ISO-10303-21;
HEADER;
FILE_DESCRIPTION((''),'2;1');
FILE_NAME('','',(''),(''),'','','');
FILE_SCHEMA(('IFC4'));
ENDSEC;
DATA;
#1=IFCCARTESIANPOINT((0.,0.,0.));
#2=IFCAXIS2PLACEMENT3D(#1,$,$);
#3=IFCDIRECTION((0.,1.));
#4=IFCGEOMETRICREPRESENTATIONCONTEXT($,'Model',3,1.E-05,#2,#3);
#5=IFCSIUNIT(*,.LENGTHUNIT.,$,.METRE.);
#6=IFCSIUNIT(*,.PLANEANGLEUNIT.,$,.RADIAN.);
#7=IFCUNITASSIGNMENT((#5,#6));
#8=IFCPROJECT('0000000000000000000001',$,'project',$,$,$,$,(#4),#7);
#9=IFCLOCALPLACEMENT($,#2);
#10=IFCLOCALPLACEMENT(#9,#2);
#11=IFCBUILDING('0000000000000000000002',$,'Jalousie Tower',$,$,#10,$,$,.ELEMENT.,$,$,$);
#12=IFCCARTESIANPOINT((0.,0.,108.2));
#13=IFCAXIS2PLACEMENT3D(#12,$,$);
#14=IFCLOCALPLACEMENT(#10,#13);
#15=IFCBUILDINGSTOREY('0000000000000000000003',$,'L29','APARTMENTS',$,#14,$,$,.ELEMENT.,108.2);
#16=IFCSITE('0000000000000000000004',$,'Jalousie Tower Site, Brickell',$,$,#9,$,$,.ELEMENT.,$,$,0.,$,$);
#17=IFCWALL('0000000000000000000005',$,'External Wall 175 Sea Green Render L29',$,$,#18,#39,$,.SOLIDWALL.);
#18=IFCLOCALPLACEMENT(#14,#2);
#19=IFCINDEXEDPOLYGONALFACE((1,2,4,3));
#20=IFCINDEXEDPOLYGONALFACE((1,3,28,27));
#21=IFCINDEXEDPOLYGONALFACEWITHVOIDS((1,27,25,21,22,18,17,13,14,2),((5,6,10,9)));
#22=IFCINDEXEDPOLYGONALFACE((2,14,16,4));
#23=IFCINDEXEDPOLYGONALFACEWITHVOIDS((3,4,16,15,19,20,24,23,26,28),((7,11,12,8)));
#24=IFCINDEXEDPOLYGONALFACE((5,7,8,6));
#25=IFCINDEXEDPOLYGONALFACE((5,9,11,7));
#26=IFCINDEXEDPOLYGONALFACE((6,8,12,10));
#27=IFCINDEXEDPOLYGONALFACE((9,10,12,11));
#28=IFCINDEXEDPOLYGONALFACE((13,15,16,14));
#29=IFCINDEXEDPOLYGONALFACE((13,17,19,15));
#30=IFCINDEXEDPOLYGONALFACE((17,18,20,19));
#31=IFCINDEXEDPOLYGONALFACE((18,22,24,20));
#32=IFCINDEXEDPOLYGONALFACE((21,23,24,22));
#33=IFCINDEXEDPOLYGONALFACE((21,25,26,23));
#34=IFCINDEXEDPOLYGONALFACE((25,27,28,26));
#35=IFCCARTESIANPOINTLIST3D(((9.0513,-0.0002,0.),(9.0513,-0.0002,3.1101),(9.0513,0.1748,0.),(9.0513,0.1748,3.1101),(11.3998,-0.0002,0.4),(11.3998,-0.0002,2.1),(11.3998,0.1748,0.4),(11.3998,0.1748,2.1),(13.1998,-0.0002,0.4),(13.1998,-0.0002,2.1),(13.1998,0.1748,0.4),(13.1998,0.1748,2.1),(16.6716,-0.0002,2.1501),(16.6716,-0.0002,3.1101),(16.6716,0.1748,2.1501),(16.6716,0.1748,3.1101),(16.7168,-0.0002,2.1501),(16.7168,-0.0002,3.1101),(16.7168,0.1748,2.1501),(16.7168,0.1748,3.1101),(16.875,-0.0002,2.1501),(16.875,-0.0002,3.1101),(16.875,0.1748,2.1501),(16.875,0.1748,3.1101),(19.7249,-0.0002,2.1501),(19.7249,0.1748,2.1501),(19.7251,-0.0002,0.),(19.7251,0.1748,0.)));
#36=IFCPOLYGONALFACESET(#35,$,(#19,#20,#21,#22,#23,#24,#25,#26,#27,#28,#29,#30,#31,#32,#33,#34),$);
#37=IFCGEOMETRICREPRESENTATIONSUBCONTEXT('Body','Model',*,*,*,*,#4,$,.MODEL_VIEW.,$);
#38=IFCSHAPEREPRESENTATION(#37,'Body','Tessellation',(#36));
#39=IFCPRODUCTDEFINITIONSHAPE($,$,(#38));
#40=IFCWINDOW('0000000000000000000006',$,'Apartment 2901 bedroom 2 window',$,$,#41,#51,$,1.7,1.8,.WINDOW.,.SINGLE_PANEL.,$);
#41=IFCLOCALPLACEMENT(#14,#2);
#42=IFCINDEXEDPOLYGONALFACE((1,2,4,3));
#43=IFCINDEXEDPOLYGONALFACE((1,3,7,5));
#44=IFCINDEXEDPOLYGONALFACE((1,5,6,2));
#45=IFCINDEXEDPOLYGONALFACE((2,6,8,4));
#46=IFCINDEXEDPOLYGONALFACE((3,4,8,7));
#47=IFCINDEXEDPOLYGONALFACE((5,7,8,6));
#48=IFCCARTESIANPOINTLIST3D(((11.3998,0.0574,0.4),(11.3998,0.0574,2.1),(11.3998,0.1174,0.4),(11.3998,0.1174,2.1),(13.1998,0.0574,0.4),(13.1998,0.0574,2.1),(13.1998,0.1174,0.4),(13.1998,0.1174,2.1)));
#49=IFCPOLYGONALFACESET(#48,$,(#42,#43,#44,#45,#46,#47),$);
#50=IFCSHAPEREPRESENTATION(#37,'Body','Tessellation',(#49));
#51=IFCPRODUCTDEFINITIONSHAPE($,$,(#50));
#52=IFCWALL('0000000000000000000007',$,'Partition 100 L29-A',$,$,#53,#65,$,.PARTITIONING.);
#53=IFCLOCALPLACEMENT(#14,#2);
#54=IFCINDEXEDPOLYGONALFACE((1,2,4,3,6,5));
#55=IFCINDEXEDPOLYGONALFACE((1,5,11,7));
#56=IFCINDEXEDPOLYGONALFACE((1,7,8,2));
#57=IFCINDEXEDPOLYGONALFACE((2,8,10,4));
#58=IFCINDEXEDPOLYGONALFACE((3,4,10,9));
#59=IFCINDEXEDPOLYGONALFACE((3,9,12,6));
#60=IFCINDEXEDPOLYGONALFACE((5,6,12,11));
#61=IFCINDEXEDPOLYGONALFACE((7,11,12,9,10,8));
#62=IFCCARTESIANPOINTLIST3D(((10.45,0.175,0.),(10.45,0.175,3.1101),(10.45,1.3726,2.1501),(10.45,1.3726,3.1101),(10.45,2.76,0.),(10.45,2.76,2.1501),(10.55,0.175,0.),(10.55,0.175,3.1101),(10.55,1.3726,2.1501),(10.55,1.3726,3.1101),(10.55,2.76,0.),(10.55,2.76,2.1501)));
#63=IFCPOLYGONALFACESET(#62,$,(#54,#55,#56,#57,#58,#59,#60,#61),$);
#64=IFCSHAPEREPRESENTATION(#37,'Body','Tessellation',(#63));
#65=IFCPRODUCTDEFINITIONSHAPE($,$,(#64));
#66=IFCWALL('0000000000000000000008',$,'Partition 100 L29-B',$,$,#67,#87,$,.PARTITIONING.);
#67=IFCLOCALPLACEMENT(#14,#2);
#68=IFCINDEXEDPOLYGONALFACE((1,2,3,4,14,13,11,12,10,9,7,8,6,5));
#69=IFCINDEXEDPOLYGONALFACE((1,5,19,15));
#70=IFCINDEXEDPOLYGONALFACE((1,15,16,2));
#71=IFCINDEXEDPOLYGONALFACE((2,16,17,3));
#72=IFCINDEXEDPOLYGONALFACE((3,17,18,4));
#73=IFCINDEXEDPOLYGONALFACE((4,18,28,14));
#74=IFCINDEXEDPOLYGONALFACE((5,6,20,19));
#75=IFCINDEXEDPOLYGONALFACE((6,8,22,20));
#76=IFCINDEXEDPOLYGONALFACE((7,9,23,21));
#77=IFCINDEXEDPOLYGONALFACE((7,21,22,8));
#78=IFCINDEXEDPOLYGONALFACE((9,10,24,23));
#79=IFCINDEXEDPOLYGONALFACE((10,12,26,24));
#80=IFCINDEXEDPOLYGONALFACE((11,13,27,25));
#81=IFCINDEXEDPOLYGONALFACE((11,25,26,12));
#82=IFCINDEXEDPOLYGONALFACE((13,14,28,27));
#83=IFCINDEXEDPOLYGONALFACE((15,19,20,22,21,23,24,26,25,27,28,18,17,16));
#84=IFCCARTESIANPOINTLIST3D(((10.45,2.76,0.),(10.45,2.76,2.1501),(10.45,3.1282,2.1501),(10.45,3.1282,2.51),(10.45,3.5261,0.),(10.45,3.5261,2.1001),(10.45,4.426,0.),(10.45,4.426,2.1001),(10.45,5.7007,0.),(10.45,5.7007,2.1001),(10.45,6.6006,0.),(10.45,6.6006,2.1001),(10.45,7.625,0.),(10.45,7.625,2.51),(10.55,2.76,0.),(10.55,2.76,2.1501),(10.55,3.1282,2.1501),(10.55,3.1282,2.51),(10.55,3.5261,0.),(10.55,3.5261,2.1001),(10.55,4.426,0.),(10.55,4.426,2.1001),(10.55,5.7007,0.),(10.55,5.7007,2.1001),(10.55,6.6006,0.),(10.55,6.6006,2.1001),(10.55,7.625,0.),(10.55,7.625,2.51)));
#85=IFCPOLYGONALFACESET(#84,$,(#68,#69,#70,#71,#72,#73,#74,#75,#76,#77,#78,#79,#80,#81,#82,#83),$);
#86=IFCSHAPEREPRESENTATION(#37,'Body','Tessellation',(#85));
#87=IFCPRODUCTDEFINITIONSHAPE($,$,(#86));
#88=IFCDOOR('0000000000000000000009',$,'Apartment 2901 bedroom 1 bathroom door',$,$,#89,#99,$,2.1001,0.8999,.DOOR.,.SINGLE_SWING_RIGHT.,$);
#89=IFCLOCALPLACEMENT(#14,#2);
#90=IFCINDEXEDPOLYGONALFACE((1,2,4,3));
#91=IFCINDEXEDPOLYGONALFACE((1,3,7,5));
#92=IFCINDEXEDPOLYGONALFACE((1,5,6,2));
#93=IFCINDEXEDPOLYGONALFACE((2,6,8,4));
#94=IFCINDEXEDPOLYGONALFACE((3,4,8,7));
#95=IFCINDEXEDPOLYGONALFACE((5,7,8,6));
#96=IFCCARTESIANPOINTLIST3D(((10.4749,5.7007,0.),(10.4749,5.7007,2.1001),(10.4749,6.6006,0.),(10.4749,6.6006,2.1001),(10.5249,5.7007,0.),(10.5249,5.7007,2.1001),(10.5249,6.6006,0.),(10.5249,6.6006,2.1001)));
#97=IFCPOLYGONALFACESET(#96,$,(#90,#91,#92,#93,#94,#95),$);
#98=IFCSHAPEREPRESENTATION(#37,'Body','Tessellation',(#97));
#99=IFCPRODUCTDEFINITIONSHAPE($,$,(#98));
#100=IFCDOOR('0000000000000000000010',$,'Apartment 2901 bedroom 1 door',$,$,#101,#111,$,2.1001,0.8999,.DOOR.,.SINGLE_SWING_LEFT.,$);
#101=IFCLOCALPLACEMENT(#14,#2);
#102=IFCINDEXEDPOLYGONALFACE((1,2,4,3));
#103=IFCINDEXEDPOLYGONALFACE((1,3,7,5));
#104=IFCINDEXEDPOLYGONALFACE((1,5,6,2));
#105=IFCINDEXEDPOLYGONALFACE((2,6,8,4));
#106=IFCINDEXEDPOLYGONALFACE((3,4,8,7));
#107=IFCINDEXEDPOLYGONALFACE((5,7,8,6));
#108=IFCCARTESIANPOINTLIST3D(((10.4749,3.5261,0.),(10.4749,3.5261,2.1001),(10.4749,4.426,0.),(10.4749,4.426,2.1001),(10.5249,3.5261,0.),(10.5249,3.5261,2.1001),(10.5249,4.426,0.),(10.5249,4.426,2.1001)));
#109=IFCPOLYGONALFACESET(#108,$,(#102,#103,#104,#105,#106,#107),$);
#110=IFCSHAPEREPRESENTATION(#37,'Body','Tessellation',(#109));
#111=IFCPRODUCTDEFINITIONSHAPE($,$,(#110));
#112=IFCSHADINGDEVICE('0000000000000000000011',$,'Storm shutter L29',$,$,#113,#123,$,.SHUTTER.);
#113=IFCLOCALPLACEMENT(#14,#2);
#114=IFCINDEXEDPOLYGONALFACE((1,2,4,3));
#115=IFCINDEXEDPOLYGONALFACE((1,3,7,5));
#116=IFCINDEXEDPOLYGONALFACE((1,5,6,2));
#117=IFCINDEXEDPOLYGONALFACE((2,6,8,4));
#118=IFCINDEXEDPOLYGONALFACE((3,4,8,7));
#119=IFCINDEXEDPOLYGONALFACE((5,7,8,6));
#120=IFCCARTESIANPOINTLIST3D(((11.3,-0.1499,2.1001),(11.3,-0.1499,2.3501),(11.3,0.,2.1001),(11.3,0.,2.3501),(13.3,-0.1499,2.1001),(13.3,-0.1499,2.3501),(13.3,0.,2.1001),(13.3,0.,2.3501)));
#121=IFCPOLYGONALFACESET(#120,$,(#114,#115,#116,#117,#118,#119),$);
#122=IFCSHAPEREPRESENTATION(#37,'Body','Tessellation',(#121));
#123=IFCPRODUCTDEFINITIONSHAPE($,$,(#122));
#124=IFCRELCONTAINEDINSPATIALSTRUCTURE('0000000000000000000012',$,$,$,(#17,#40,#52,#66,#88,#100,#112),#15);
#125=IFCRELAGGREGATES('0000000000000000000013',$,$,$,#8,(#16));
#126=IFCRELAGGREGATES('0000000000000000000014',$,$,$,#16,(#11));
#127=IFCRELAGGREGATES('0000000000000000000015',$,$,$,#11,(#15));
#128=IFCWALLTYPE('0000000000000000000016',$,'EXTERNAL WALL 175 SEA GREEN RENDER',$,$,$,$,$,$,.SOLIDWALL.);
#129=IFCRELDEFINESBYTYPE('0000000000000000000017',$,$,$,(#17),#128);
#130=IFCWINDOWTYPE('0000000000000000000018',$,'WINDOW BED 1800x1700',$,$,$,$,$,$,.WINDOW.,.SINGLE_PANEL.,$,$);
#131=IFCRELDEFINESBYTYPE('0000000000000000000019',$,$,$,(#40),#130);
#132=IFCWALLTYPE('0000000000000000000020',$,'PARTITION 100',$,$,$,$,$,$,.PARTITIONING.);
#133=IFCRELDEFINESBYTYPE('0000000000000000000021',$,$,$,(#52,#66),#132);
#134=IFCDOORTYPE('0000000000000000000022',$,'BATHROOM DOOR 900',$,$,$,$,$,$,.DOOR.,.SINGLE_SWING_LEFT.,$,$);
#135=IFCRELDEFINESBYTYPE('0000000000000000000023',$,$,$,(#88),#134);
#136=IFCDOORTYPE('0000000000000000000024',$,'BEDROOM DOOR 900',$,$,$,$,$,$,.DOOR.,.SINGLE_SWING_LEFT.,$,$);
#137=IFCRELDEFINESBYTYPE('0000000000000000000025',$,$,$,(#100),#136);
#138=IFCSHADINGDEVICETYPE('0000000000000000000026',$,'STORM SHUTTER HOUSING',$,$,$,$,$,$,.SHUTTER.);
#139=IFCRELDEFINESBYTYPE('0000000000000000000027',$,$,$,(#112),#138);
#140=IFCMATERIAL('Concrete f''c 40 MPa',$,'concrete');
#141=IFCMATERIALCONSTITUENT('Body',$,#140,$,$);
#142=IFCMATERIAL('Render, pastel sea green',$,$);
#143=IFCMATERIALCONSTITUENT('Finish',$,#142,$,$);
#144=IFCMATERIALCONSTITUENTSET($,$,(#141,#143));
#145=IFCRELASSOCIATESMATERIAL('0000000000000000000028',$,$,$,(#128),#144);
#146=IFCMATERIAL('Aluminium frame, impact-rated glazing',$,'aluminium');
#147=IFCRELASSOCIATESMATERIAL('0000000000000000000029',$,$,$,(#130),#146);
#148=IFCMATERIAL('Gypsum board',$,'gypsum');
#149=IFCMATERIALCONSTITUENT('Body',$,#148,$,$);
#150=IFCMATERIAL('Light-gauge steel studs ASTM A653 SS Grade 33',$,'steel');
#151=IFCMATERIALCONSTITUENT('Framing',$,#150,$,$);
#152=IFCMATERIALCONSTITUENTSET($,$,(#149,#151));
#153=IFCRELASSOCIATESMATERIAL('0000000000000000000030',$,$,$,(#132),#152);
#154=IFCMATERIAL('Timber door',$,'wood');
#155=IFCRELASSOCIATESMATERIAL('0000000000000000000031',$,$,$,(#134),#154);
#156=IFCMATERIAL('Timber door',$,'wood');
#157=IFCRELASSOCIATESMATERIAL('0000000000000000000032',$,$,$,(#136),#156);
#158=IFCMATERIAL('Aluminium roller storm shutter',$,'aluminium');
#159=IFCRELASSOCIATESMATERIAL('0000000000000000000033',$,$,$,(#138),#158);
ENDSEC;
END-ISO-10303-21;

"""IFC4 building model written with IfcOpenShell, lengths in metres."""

from ifc_helpers import new_model, si_unit, direction, frame, frame_2d, origin, origin_2d, place, context, subcontext, project, spatial, polyline, rectangle, outline, extrude, material, constituent, constituent_set, type_object, element, fill, save


model = new_model("IFC4")

# Units and contexts
model_context = context("Model", 3, precision=1e-05, world=origin(), true_north=direction((0.0, 1.0)))
body_context = subcontext(model_context, "Body", "Model", "MODEL_VIEW")
ifc_project = project(units=[si_unit("LENGTHUNIT", "METRE"), si_unit("PLANEANGLEUNIT", "RADIAN")], contexts=[model_context])

# Site, building, storey
site_placement = place(None, origin())
site = spatial("IfcSite", under=ifc_project, at=site_placement, Name="Jalousie Tower Site, Brickell", CompositionType="ELEMENT", RefElevation=0.0)
building_placement = place(site_placement, origin())
building = spatial("IfcBuilding", under=site, at=building_placement, Name="Jalousie Tower", CompositionType="ELEMENT")
storey_placement = place(building_placement, frame((0.0, 0.0, 108.2)))
storey = spatial("IfcBuildingStorey", under=building, at=storey_placement, Name="L29", Description="APARTMENTS", CompositionType="ELEMENT", Elevation=108.2)

# Wall, opening, window
ifc_material_1 = material(Name="Concrete f'c 40 MPa", Category="concrete")
ifc_constituent_1 = constituent(ifc_material_1, Name="Body")
ifc_material_2 = material(Name="Render, pastel sea green")
ifc_constituent_2 = constituent(ifc_material_2, Name="Finish")
ifc_constituent_set_1 = constituent_set(constituents=[ifc_constituent_1, ifc_constituent_2])
wall_type_1 = type_object("IfcWallType", Name="EXTERNAL WALL 175 SEA GREEN RENDER", PredefinedType="SOLIDWALL", material=ifc_constituent_set_1)
wall_1_placement = place(storey_placement, frame((9.0513, 0.0874, 0.0), z_axis=(0.0, 0.0, 1.0), x_axis=(1.0, 0.0, 0.0)))
wall_1 = element("IfcWall", 1, at=wall_1_placement, inside=storey, type_object=wall_type_1, Name="External Wall 175 Sea Green Render L29", PredefinedType="SOLIDWALL", context=body_context, shape_type="SweptSolid", body=[
    extrude(outline(polyline([(0.0, 0.0), (10.6738, 0.0), (10.6736, 2.1501), (7.8237, 2.1501), (7.8237, 3.1101), (7.6655, 3.1101), (7.6655, 2.1501), (7.6204, 2.1501), (7.6204, 3.1101), (0.0, 3.1101), (0.0, 0.0)])), frame((0.0, 0.0874, 0.0), z_axis=(0.0, -1.0, 0.0), x_axis=(1.0, 0.0, 0.0)), (0.0, 0.0, 1.0), 0.175),
])
opening_1_placement = place(wall_1_placement, frame((2.3486, 0.0, 0.3999)))
opening_1 = element("IfcOpeningElement", 2, at=opening_1_placement, cuts=wall_1, PredefinedType="OPENING", context=body_context, shape_type="SweptSolid", body=[
    extrude(rectangle(XDim=1.8, YDim=1.7, at=frame_2d((0.8999, 0.8501))), frame((0.0, 0.0974, 0.0), z_axis=(0.0, -1.0, 0.0), x_axis=(1.0, 0.0, 0.0)), (0.0, 0.0, 1.0), 0.1951),
])
ifc_material_3 = material(Name="Aluminium frame, impact-rated glazing", Category="aluminium")
window_type = type_object("IfcWindowType", Name="WINDOW BED 1800x1700", PartitioningType="SINGLE_PANEL", PredefinedType="WINDOW", material=ifc_material_3)
window_placement = place(opening_1_placement, origin())
window = element("IfcWindow", 3, at=window_placement, inside=storey, type_object=window_type, Name="Apartment 2901 bedroom 2 window", OverallHeight=1.7, OverallWidth=1.8, PartitioningType="SINGLE_PANEL", PredefinedType="WINDOW", context=body_context, shape_type="SweptSolid", body=[
    extrude(rectangle(XDim=1.8, YDim=1.7, at=frame_2d((0.8999, 0.8501))), frame((0.0, 0.03, 0.0), z_axis=(0.0, -1.0, 0.0), x_axis=(1.0, 0.0, 0.0)), (0.0, 0.0, 1.0), 0.0601),
])
fill(opening_1, window)

# Wall
ifc_material_4 = material(Name="Gypsum board", Category="gypsum")
ifc_constituent_3 = constituent(ifc_material_4, Name="Body")
ifc_material_5 = material(Name="Light-gauge steel studs ASTM A653 SS Grade 33", Category="steel")
ifc_constituent_4 = constituent(ifc_material_5, Name="Framing")
ifc_constituent_set_2 = constituent_set(constituents=[ifc_constituent_3, ifc_constituent_4])
wall_type_2 = type_object("IfcWallType", Name="PARTITION 100", PredefinedType="PARTITIONING", material=ifc_constituent_set_2)
wall_2_placement = place(storey_placement, frame((10.5, 0.175, 0.0), z_axis=(0.0, 0.0, 1.0), x_axis=(0.0, 1.0, 0.0)))
element("IfcWall", 4, at=wall_2_placement, inside=storey, type_object=wall_type_2, Name="Partition 100 L29-A", PredefinedType="PARTITIONING", context=body_context, shape_type="SweptSolid", body=[
    extrude(outline(polyline([(0.0, 0.0), (2.585, 0.0), (2.585, 2.1501), (1.1975, 2.1501), (1.1975, 3.1101), (0.0, 3.1101), (0.0, 0.0)])), frame((0.0, 0.05, 0.0), z_axis=(0.0, -1.0, 0.0), x_axis=(1.0, 0.0, 0.0)), (0.0, 0.0, 1.0), 0.1001),
])

# Wall, openings, doors
wall_3_placement = place(storey_placement, frame((10.5, 2.76, 0.0), z_axis=(0.0, 0.0, 1.0), x_axis=(0.0, 1.0, 0.0)))
wall_3 = element("IfcWall", 5, at=wall_3_placement, inside=storey, type_object=wall_type_2, Name="Partition 100 L29-B", PredefinedType="PARTITIONING", context=body_context, shape_type="SweptSolid", body=[
    extrude(outline(polyline([(0.0, 0.0), (4.865, 0.0), (4.865, 2.51), (0.3682, 2.51), (0.3682, 2.1501), (0.0, 2.1501), (0.0, 0.0)])), frame((0.0, 0.05, 0.0), z_axis=(0.0, -1.0, 0.0), x_axis=(1.0, 0.0, 0.0)), (0.0, 0.0, 1.0), 0.1001),
])
opening_2_placement = place(wall_3_placement, frame((0.7661, 0.0, 0.0)))
opening_2 = element("IfcOpeningElement", 6, at=opening_2_placement, cuts=wall_3, PredefinedType="OPENING", context=body_context, shape_type="SweptSolid", body=[
    extrude(rectangle(XDim=0.8999, YDim=2.1001, at=frame_2d((0.45, 1.05))), frame((0.0, 0.0601, 0.0), z_axis=(0.0, -1.0, 0.0), x_axis=(1.0, 0.0, 0.0)), (0.0, 0.0, 1.0), 0.1201),
])
opening_3_placement = place(wall_3_placement, frame((2.9407, 0.0, 0.0)))
opening_3 = element("IfcOpeningElement", 7, at=opening_3_placement, cuts=wall_3, PredefinedType="OPENING", context=body_context, shape_type="SweptSolid", body=[
    extrude(rectangle(XDim=0.8999, YDim=2.1001, at=frame_2d((0.45, 1.05))), frame((0.0, 0.0601, 0.0), z_axis=(0.0, -1.0, 0.0), x_axis=(1.0, 0.0, 0.0)), (0.0, 0.0, 1.0), 0.1201),
])
ifc_material_6 = material(Name="Timber door", Category="wood")
door_type_1 = type_object("IfcDoorType", Name="BATHROOM DOOR 900", OperationType="SINGLE_SWING_LEFT", PredefinedType="DOOR", material=ifc_material_6)
door_1_placement = place(opening_3_placement, frame((0.8999, 0.0, 0.0), z_axis=(0.0, 0.0, 1.0), x_axis=(-1.0, 0.0, 0.0)))
door_1 = element("IfcDoor", 8, at=door_1_placement, inside=storey, type_object=door_type_1, Name="Apartment 2901 bedroom 1 bathroom door", OperationType="SINGLE_SWING_RIGHT", OverallHeight=2.1001, OverallWidth=0.8999, PredefinedType="DOOR", context=body_context, shape_type="SweptSolid", body=[
    extrude(rectangle(XDim=0.8999, YDim=2.1001, at=frame_2d((0.45, 1.05))), frame((0.0, 0.0249, 0.0), z_axis=(0.0, -1.0, 0.0), x_axis=(1.0, 0.0, 0.0)), (0.0, 0.0, 1.0), 0.05),
])
fill(opening_3, door_1)
ifc_material_7 = material(Name="Timber door", Category="wood")
door_type_2 = type_object("IfcDoorType", Name="BEDROOM DOOR 900", OperationType="SINGLE_SWING_LEFT", PredefinedType="DOOR", material=ifc_material_7)
door_2_placement = place(opening_2_placement, frame((0.8999, 0.0, 0.0), z_axis=(0.0, 0.0, 1.0), x_axis=(-1.0, 0.0, 0.0)))
door_2 = element("IfcDoor", 9, at=door_2_placement, inside=storey, type_object=door_type_2, Name="Apartment 2901 bedroom 1 door", OperationType="SINGLE_SWING_LEFT", OverallHeight=2.1001, OverallWidth=0.8999, PredefinedType="DOOR", context=body_context, shape_type="SweptSolid", body=[
    extrude(rectangle(XDim=0.8999, YDim=2.1001, at=frame_2d((0.45, 1.05))), frame((0.0, 0.0249, 0.0), z_axis=(0.0, -1.0, 0.0), x_axis=(1.0, 0.0, 0.0)), (0.0, 0.0, 1.0), 0.05),
])
fill(opening_2, door_2)

# Shading device
ifc_material_8 = material(Name="Aluminium roller storm shutter", Category="aluminium")
shading_device_type = type_object("IfcShadingDeviceType", Name="STORM SHUTTER HOUSING", PredefinedType="SHUTTER", material=ifc_material_8)
shading_device_placement = place(storey_placement, frame((12.3, -0.075, 2.1001), z_axis=(0.0, 0.0, 1.0), x_axis=(1.0, 0.0, 0.0)))
element("IfcShadingDevice", 10, at=shading_device_placement, inside=storey, type_object=shading_device_type, Name="Storm shutter L29", PredefinedType="SHUTTER", context=body_context, shape_type="SweptSolid", body=[
    extrude(rectangle(XDim=2.0, YDim=0.1499, at=origin_2d()), origin(), (0.0, 0.0, 1.0), 0.25),
])

save(model, "model.ifc")
